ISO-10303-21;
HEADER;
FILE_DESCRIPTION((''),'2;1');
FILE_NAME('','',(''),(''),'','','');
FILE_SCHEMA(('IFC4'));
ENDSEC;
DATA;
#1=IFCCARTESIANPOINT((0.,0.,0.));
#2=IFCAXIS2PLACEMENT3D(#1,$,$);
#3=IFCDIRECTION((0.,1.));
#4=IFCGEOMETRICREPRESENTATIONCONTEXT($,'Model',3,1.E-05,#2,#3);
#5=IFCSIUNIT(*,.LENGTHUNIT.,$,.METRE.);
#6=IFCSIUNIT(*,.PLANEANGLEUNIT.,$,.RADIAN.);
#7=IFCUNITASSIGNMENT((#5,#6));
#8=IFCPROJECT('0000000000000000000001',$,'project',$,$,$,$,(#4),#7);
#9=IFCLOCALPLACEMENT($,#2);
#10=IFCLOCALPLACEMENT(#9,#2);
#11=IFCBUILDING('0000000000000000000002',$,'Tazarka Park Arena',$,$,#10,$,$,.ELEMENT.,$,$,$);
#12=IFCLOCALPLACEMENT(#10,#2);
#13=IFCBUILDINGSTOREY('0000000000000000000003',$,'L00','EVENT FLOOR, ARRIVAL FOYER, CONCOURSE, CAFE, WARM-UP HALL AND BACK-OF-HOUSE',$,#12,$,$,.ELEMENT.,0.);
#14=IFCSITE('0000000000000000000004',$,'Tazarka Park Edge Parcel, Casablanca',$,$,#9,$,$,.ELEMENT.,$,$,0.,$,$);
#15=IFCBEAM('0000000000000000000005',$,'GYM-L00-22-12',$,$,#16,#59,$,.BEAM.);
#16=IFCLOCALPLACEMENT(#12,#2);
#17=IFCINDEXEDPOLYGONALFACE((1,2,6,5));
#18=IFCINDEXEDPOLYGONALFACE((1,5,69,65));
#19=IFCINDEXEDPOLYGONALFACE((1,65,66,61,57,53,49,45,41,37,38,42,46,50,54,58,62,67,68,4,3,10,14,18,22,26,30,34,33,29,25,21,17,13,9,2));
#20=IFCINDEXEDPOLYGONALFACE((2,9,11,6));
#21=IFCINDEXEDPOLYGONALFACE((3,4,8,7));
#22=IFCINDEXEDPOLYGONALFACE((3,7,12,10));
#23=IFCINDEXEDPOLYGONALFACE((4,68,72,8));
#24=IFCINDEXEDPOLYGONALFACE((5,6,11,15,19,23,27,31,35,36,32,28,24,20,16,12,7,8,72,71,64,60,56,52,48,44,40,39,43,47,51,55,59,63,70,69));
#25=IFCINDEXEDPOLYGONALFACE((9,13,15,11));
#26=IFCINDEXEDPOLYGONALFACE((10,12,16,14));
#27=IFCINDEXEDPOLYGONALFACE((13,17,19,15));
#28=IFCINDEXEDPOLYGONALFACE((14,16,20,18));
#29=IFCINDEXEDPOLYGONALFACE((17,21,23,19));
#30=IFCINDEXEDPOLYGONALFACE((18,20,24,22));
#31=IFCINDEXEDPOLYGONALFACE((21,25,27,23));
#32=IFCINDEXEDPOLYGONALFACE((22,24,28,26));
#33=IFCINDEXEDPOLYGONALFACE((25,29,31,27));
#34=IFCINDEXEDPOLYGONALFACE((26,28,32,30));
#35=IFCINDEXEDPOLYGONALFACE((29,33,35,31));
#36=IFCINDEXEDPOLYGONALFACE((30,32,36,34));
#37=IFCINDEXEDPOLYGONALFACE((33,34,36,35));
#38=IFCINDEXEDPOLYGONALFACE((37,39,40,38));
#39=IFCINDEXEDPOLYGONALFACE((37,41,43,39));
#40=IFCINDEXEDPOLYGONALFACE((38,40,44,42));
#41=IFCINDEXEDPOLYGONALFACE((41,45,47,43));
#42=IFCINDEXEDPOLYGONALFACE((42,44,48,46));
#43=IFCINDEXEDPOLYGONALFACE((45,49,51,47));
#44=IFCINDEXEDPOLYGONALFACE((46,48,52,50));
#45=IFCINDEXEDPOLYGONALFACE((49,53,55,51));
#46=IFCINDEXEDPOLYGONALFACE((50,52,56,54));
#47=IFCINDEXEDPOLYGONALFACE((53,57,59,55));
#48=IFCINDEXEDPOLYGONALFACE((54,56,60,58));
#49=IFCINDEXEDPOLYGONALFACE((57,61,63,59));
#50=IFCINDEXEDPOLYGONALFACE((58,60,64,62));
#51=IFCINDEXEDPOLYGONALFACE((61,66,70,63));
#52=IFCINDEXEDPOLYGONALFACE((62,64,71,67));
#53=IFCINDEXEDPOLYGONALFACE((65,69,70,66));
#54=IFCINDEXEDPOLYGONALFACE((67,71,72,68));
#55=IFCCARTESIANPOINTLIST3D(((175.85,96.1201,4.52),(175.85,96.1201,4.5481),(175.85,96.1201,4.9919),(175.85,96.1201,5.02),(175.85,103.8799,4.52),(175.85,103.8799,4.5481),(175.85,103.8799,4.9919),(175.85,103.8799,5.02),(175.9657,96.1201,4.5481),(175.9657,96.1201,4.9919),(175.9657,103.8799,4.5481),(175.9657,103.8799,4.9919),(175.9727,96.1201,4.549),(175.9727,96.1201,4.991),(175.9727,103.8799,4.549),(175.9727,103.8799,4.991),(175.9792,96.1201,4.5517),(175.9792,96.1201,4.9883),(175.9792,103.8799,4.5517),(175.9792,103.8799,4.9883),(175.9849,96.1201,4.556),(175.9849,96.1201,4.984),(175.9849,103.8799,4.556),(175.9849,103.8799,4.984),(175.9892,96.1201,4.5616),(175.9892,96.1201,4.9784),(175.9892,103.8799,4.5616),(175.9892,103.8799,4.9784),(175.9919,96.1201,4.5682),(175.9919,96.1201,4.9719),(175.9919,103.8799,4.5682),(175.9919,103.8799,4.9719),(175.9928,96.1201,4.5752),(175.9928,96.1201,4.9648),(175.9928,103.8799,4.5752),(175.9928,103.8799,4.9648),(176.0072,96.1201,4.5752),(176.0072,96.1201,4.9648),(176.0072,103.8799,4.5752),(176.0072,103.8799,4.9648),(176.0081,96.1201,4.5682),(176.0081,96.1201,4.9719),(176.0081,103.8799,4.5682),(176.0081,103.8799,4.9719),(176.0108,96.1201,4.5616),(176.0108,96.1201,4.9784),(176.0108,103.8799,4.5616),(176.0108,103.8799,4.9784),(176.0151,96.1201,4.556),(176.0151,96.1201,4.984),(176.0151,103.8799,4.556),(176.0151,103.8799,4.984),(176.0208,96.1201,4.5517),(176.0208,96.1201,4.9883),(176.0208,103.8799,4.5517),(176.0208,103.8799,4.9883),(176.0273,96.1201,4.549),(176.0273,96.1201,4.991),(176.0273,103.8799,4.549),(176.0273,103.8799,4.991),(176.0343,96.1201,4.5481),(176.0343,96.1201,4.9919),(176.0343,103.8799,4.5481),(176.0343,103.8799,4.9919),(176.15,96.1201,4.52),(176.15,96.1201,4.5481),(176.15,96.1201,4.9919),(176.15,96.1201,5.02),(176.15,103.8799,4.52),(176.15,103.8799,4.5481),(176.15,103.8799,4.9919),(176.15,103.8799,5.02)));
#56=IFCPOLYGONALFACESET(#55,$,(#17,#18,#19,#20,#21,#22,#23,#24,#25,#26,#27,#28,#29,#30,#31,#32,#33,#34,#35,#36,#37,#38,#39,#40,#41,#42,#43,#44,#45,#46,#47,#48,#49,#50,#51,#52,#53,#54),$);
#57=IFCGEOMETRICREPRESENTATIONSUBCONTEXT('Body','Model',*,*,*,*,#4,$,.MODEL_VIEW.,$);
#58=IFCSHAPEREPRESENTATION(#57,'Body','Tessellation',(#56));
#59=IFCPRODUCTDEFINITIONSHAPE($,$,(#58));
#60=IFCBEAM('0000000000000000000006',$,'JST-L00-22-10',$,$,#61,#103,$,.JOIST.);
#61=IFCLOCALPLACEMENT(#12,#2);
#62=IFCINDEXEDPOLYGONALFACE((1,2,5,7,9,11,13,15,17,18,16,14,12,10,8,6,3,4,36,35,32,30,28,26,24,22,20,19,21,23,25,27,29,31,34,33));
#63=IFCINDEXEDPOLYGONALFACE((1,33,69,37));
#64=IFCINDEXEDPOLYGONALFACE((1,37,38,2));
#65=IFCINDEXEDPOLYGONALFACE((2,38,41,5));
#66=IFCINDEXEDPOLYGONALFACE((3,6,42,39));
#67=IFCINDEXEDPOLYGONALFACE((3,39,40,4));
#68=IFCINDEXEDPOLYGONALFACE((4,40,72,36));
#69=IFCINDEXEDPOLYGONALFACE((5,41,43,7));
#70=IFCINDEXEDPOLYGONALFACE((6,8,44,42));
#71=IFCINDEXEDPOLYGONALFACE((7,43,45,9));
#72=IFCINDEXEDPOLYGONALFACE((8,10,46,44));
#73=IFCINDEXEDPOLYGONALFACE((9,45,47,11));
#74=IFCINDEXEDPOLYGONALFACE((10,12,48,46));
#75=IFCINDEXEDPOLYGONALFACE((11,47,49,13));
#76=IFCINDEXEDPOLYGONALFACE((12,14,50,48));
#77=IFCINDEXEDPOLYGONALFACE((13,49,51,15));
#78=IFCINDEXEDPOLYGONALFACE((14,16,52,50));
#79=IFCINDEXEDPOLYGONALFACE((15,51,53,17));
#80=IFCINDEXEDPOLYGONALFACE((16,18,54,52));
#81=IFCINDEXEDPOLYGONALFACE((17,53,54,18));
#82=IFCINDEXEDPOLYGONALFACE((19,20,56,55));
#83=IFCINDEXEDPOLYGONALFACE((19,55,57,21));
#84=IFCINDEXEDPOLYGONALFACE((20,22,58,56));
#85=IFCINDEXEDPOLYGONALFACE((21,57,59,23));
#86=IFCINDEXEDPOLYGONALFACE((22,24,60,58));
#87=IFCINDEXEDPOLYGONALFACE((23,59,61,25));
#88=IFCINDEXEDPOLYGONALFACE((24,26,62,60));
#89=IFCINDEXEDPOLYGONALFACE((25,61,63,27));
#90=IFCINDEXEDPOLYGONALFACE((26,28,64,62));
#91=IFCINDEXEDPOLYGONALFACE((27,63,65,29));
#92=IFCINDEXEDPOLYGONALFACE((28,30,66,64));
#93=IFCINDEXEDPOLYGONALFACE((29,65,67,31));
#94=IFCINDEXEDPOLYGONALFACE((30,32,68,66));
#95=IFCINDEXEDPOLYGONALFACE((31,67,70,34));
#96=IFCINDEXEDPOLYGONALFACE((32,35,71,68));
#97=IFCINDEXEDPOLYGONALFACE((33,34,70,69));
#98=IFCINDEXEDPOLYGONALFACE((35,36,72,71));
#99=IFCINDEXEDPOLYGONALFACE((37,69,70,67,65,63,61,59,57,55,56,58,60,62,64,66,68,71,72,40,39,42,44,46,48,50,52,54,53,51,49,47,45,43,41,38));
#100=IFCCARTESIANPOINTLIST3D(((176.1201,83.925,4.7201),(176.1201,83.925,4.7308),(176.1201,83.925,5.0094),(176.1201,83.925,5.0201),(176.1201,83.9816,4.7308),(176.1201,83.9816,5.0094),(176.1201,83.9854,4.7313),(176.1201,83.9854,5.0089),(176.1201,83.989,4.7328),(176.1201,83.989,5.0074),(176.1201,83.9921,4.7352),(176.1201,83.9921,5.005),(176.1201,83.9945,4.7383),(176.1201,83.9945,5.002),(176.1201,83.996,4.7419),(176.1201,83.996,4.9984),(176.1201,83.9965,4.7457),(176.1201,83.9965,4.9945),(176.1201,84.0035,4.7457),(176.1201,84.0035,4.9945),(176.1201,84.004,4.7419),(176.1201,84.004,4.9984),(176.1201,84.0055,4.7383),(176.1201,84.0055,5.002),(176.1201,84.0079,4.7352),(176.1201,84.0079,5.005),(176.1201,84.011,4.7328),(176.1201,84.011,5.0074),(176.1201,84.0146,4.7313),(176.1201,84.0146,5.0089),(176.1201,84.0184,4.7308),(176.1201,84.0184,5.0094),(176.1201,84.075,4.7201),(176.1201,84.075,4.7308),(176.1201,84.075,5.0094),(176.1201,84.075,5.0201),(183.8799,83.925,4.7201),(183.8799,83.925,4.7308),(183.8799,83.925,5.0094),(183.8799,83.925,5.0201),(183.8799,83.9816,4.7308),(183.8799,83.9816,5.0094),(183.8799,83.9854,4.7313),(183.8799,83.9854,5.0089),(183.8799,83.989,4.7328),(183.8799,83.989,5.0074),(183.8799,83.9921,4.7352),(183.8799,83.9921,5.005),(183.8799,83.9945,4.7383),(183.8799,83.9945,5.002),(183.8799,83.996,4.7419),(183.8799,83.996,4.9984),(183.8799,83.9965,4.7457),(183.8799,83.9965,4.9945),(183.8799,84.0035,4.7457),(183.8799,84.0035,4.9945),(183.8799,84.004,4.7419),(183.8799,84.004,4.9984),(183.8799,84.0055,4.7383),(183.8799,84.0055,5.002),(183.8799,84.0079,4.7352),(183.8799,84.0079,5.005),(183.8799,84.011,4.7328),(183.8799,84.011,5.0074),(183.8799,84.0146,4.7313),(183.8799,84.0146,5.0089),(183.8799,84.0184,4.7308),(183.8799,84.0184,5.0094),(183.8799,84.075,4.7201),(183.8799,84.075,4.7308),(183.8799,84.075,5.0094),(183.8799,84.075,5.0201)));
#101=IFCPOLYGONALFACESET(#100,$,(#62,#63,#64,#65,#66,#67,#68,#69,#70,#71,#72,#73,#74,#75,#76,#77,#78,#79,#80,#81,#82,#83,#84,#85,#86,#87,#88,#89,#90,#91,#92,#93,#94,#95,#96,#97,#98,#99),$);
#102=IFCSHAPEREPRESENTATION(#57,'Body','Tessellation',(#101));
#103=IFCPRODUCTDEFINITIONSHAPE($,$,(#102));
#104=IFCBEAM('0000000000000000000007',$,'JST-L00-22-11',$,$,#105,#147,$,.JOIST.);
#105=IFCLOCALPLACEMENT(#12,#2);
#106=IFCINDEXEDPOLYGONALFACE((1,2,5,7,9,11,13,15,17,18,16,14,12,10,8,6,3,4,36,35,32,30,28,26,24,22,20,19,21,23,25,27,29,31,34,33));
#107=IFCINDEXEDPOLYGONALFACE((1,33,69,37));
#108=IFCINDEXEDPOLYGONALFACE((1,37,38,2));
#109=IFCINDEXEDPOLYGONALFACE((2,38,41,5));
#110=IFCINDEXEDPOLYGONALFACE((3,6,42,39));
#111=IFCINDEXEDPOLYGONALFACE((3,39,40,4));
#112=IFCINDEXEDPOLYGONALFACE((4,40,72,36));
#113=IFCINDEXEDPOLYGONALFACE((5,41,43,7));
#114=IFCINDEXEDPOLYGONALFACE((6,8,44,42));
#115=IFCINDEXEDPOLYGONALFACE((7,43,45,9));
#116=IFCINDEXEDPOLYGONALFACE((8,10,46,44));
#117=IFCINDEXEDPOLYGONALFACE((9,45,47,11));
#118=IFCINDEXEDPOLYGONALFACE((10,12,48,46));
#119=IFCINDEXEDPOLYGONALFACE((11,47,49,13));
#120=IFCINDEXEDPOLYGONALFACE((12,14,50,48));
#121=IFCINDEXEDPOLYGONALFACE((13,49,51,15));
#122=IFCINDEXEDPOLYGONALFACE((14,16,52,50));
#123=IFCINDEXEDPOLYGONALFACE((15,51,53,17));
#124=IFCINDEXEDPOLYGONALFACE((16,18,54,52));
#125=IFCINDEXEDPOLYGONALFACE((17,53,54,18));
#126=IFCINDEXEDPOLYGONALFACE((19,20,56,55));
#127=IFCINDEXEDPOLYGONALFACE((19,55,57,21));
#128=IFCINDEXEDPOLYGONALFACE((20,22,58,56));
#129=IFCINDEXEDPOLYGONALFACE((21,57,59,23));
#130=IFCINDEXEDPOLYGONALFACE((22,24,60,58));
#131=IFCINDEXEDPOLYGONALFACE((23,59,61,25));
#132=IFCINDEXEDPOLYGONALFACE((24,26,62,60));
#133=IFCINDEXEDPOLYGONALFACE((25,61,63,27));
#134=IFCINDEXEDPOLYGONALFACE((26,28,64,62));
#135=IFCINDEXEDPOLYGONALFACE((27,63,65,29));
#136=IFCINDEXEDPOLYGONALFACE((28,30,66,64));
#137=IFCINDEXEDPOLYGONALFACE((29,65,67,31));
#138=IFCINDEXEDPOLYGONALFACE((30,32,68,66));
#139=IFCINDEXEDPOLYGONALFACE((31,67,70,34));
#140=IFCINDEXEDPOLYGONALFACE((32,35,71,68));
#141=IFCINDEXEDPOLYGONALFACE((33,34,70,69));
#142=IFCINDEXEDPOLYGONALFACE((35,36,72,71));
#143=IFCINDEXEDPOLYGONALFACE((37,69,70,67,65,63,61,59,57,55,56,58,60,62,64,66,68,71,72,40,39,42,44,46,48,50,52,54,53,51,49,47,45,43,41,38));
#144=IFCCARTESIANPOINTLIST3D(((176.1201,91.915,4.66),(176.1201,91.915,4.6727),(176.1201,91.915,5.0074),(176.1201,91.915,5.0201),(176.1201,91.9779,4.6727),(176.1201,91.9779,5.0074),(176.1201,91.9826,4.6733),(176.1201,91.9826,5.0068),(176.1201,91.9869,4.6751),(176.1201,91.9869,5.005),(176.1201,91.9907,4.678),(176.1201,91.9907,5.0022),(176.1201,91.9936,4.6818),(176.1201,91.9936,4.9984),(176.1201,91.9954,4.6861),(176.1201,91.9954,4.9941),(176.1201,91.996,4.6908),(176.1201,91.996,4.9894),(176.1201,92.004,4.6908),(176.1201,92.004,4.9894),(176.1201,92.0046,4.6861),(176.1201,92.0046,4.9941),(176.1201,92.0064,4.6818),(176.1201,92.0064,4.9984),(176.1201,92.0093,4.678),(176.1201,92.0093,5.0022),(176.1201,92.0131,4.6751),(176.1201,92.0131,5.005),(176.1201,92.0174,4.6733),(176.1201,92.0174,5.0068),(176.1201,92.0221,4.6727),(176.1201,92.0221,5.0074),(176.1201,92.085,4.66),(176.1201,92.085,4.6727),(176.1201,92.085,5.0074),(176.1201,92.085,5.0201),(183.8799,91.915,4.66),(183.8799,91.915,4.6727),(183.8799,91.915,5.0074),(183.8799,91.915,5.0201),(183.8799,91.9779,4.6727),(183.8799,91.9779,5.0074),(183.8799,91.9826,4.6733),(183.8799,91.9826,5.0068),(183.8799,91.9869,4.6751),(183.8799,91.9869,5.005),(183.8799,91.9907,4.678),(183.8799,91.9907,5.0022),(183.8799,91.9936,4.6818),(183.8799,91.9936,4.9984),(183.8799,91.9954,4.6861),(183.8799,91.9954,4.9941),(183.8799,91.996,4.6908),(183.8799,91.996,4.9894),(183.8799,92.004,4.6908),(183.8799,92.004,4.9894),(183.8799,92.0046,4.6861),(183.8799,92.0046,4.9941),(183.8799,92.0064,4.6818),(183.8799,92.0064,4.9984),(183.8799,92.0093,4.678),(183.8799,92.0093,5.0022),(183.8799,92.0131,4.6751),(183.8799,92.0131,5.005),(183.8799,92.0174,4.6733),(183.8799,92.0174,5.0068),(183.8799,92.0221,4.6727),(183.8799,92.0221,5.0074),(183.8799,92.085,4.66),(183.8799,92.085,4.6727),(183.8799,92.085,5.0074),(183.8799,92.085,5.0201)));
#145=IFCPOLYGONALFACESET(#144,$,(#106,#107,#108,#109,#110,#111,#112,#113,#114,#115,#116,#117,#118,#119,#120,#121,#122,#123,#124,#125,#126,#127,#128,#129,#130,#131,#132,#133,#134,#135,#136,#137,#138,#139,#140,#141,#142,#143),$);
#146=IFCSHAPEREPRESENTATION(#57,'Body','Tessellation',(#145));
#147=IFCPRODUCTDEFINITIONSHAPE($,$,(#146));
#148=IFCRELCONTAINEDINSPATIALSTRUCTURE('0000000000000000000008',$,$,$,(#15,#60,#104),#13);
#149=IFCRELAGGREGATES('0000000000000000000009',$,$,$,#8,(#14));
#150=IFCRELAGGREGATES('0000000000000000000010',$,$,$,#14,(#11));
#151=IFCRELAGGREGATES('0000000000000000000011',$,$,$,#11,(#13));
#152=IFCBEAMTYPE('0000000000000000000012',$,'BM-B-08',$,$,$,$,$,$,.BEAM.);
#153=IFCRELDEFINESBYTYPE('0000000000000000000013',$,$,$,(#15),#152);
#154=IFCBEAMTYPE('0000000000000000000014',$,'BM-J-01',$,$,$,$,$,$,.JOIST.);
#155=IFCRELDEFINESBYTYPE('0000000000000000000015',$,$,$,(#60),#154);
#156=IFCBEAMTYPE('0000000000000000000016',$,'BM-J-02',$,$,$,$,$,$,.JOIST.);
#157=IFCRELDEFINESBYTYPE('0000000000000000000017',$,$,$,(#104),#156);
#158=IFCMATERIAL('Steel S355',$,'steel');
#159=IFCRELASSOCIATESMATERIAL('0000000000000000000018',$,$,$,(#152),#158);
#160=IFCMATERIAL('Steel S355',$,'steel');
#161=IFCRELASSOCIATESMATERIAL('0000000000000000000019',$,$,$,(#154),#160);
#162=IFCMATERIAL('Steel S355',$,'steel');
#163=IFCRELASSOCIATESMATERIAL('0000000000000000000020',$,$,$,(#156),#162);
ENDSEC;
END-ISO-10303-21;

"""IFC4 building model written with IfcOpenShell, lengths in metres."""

from ifc_helpers import new_model, si_unit, direction, frame, origin, origin_2d, place, context, subcontext, project, spatial, i_section, extrude, material, material_profile, profile_set, type_object, element, save


model = new_model("IFC4")

# Units and contexts
model_context = context("Model", 3, precision=1e-05, world=origin(), true_north=direction((0.0, 1.0)))
body_context = subcontext(model_context, "Body", "Model", "MODEL_VIEW")
ifc_project = project(units=[si_unit("LENGTHUNIT", "METRE"), si_unit("PLANEANGLEUNIT", "RADIAN")], contexts=[model_context])

# Site, building, storey
site_placement = place(None, origin())
site = spatial("IfcSite", under=ifc_project, at=site_placement, Name="Tazarka Park Edge Parcel, Casablanca", CompositionType="ELEMENT", RefElevation=0.0)
building_placement = place(site_placement, origin())
building = spatial("IfcBuilding", under=site, at=building_placement, Name="Tazarka Park Arena", CompositionType="ELEMENT")
storey_placement = place(building_placement, origin())
storey = spatial("IfcBuildingStorey", under=building, at=storey_placement, Name="L00", Description="EVENT FLOOR, ARRIVAL FOYER, CONCOURSE, CAFE, WARM-UP HALL AND BACK-OF-HOUSE", CompositionType="ELEMENT", Elevation=0.0)

# Beams
ifc_material_1 = material(Name="Steel S355", Category="steel")
ifc_material_profile_1 = material_profile(ifc_material_1, i_section(OverallWidth=0.3, OverallDepth=0.5, WebThickness=0.0144, FlangeThickness=0.0281, FilletRadius=0.0271, at=origin_2d()), Name="Steel S355")
ifc_profile_set_1 = profile_set([ifc_material_profile_1], Name="Steel S355")
beam_type_1 = type_object("IfcBeamType", Name="BM-B-08", PredefinedType="BEAM", material=ifc_profile_set_1)
beam_1_placement = place(storey_placement, frame((176.0, 96.1201, 4.77), z_axis=(0.0, 1.0, 0.0), x_axis=(-1.0, 0.0, 0.0)))
element("IfcBeam", 1, at=beam_1_placement, inside=storey, type_object=beam_type_1, Name="GYM-L00-22-12", PredefinedType="BEAM", context=body_context, shape_type="SweptSolid", body=[
    extrude(i_section(OverallWidth=0.3, OverallDepth=0.5, WebThickness=0.0144, FlangeThickness=0.0281, FilletRadius=0.0271, at=origin_2d()), origin(), (0.0, 0.0, 1.0), 7.7598),
])
ifc_material_2 = material(Name="Steel S355", Category="steel")
ifc_material_profile_2 = material_profile(ifc_material_2, i_section(OverallWidth=0.1499, OverallDepth=0.3, WebThickness=0.0071, FlangeThickness=0.0107, FilletRadius=0.0149, at=origin_2d()), Name="Steel S355")
ifc_profile_set_2 = profile_set([ifc_material_profile_2], Name="Steel S355")
beam_type_2 = type_object("IfcBeamType", Name="BM-J-01", PredefinedType="JOIST", material=ifc_profile_set_2)
beam_2_placement = place(storey_placement, frame((176.1201, 84.0, 4.8701), z_axis=(1.0, 0.0, 0.0), x_axis=(0.0, 1.0, 0.0)))
element("IfcBeam", 2, at=beam_2_placement, inside=storey, type_object=beam_type_2, Name="JST-L00-22-10", PredefinedType="JOIST", context=body_context, shape_type="SweptSolid", body=[
    extrude(i_section(OverallWidth=0.1499, OverallDepth=0.3, WebThickness=0.0071, FlangeThickness=0.0107, FilletRadius=0.0149, at=origin_2d()), origin(), (0.0, 0.0, 1.0), 7.7598),
])
ifc_material_3 = material(Name="Steel S355", Category="steel")
ifc_material_profile_3 = material_profile(ifc_material_3, i_section(OverallWidth=0.1699, OverallDepth=0.3601, WebThickness=0.0081, FlangeThickness=0.0127, FilletRadius=0.0181, at=origin_2d()), Name="Steel S355")
ifc_profile_set_3 = profile_set([ifc_material_profile_3], Name="Steel S355")
beam_type_3 = type_object("IfcBeamType", Name="BM-J-02", PredefinedType="JOIST", material=ifc_profile_set_3)
beam_3_placement = place(storey_placement, frame((176.1201, 92.0, 4.8401), z_axis=(1.0, 0.0, 0.0), x_axis=(0.0, 1.0, 0.0)))
element("IfcBeam", 3, at=beam_3_placement, inside=storey, type_object=beam_type_3, Name="JST-L00-22-11", PredefinedType="JOIST", context=body_context, shape_type="SweptSolid", body=[
    extrude(i_section(OverallWidth=0.1699, OverallDepth=0.3601, WebThickness=0.0081, FlangeThickness=0.0127, FilletRadius=0.0181, at=origin_2d()), origin(), (0.0, 0.0, 1.0), 7.7598),
])

save(model, "model.ifc")
